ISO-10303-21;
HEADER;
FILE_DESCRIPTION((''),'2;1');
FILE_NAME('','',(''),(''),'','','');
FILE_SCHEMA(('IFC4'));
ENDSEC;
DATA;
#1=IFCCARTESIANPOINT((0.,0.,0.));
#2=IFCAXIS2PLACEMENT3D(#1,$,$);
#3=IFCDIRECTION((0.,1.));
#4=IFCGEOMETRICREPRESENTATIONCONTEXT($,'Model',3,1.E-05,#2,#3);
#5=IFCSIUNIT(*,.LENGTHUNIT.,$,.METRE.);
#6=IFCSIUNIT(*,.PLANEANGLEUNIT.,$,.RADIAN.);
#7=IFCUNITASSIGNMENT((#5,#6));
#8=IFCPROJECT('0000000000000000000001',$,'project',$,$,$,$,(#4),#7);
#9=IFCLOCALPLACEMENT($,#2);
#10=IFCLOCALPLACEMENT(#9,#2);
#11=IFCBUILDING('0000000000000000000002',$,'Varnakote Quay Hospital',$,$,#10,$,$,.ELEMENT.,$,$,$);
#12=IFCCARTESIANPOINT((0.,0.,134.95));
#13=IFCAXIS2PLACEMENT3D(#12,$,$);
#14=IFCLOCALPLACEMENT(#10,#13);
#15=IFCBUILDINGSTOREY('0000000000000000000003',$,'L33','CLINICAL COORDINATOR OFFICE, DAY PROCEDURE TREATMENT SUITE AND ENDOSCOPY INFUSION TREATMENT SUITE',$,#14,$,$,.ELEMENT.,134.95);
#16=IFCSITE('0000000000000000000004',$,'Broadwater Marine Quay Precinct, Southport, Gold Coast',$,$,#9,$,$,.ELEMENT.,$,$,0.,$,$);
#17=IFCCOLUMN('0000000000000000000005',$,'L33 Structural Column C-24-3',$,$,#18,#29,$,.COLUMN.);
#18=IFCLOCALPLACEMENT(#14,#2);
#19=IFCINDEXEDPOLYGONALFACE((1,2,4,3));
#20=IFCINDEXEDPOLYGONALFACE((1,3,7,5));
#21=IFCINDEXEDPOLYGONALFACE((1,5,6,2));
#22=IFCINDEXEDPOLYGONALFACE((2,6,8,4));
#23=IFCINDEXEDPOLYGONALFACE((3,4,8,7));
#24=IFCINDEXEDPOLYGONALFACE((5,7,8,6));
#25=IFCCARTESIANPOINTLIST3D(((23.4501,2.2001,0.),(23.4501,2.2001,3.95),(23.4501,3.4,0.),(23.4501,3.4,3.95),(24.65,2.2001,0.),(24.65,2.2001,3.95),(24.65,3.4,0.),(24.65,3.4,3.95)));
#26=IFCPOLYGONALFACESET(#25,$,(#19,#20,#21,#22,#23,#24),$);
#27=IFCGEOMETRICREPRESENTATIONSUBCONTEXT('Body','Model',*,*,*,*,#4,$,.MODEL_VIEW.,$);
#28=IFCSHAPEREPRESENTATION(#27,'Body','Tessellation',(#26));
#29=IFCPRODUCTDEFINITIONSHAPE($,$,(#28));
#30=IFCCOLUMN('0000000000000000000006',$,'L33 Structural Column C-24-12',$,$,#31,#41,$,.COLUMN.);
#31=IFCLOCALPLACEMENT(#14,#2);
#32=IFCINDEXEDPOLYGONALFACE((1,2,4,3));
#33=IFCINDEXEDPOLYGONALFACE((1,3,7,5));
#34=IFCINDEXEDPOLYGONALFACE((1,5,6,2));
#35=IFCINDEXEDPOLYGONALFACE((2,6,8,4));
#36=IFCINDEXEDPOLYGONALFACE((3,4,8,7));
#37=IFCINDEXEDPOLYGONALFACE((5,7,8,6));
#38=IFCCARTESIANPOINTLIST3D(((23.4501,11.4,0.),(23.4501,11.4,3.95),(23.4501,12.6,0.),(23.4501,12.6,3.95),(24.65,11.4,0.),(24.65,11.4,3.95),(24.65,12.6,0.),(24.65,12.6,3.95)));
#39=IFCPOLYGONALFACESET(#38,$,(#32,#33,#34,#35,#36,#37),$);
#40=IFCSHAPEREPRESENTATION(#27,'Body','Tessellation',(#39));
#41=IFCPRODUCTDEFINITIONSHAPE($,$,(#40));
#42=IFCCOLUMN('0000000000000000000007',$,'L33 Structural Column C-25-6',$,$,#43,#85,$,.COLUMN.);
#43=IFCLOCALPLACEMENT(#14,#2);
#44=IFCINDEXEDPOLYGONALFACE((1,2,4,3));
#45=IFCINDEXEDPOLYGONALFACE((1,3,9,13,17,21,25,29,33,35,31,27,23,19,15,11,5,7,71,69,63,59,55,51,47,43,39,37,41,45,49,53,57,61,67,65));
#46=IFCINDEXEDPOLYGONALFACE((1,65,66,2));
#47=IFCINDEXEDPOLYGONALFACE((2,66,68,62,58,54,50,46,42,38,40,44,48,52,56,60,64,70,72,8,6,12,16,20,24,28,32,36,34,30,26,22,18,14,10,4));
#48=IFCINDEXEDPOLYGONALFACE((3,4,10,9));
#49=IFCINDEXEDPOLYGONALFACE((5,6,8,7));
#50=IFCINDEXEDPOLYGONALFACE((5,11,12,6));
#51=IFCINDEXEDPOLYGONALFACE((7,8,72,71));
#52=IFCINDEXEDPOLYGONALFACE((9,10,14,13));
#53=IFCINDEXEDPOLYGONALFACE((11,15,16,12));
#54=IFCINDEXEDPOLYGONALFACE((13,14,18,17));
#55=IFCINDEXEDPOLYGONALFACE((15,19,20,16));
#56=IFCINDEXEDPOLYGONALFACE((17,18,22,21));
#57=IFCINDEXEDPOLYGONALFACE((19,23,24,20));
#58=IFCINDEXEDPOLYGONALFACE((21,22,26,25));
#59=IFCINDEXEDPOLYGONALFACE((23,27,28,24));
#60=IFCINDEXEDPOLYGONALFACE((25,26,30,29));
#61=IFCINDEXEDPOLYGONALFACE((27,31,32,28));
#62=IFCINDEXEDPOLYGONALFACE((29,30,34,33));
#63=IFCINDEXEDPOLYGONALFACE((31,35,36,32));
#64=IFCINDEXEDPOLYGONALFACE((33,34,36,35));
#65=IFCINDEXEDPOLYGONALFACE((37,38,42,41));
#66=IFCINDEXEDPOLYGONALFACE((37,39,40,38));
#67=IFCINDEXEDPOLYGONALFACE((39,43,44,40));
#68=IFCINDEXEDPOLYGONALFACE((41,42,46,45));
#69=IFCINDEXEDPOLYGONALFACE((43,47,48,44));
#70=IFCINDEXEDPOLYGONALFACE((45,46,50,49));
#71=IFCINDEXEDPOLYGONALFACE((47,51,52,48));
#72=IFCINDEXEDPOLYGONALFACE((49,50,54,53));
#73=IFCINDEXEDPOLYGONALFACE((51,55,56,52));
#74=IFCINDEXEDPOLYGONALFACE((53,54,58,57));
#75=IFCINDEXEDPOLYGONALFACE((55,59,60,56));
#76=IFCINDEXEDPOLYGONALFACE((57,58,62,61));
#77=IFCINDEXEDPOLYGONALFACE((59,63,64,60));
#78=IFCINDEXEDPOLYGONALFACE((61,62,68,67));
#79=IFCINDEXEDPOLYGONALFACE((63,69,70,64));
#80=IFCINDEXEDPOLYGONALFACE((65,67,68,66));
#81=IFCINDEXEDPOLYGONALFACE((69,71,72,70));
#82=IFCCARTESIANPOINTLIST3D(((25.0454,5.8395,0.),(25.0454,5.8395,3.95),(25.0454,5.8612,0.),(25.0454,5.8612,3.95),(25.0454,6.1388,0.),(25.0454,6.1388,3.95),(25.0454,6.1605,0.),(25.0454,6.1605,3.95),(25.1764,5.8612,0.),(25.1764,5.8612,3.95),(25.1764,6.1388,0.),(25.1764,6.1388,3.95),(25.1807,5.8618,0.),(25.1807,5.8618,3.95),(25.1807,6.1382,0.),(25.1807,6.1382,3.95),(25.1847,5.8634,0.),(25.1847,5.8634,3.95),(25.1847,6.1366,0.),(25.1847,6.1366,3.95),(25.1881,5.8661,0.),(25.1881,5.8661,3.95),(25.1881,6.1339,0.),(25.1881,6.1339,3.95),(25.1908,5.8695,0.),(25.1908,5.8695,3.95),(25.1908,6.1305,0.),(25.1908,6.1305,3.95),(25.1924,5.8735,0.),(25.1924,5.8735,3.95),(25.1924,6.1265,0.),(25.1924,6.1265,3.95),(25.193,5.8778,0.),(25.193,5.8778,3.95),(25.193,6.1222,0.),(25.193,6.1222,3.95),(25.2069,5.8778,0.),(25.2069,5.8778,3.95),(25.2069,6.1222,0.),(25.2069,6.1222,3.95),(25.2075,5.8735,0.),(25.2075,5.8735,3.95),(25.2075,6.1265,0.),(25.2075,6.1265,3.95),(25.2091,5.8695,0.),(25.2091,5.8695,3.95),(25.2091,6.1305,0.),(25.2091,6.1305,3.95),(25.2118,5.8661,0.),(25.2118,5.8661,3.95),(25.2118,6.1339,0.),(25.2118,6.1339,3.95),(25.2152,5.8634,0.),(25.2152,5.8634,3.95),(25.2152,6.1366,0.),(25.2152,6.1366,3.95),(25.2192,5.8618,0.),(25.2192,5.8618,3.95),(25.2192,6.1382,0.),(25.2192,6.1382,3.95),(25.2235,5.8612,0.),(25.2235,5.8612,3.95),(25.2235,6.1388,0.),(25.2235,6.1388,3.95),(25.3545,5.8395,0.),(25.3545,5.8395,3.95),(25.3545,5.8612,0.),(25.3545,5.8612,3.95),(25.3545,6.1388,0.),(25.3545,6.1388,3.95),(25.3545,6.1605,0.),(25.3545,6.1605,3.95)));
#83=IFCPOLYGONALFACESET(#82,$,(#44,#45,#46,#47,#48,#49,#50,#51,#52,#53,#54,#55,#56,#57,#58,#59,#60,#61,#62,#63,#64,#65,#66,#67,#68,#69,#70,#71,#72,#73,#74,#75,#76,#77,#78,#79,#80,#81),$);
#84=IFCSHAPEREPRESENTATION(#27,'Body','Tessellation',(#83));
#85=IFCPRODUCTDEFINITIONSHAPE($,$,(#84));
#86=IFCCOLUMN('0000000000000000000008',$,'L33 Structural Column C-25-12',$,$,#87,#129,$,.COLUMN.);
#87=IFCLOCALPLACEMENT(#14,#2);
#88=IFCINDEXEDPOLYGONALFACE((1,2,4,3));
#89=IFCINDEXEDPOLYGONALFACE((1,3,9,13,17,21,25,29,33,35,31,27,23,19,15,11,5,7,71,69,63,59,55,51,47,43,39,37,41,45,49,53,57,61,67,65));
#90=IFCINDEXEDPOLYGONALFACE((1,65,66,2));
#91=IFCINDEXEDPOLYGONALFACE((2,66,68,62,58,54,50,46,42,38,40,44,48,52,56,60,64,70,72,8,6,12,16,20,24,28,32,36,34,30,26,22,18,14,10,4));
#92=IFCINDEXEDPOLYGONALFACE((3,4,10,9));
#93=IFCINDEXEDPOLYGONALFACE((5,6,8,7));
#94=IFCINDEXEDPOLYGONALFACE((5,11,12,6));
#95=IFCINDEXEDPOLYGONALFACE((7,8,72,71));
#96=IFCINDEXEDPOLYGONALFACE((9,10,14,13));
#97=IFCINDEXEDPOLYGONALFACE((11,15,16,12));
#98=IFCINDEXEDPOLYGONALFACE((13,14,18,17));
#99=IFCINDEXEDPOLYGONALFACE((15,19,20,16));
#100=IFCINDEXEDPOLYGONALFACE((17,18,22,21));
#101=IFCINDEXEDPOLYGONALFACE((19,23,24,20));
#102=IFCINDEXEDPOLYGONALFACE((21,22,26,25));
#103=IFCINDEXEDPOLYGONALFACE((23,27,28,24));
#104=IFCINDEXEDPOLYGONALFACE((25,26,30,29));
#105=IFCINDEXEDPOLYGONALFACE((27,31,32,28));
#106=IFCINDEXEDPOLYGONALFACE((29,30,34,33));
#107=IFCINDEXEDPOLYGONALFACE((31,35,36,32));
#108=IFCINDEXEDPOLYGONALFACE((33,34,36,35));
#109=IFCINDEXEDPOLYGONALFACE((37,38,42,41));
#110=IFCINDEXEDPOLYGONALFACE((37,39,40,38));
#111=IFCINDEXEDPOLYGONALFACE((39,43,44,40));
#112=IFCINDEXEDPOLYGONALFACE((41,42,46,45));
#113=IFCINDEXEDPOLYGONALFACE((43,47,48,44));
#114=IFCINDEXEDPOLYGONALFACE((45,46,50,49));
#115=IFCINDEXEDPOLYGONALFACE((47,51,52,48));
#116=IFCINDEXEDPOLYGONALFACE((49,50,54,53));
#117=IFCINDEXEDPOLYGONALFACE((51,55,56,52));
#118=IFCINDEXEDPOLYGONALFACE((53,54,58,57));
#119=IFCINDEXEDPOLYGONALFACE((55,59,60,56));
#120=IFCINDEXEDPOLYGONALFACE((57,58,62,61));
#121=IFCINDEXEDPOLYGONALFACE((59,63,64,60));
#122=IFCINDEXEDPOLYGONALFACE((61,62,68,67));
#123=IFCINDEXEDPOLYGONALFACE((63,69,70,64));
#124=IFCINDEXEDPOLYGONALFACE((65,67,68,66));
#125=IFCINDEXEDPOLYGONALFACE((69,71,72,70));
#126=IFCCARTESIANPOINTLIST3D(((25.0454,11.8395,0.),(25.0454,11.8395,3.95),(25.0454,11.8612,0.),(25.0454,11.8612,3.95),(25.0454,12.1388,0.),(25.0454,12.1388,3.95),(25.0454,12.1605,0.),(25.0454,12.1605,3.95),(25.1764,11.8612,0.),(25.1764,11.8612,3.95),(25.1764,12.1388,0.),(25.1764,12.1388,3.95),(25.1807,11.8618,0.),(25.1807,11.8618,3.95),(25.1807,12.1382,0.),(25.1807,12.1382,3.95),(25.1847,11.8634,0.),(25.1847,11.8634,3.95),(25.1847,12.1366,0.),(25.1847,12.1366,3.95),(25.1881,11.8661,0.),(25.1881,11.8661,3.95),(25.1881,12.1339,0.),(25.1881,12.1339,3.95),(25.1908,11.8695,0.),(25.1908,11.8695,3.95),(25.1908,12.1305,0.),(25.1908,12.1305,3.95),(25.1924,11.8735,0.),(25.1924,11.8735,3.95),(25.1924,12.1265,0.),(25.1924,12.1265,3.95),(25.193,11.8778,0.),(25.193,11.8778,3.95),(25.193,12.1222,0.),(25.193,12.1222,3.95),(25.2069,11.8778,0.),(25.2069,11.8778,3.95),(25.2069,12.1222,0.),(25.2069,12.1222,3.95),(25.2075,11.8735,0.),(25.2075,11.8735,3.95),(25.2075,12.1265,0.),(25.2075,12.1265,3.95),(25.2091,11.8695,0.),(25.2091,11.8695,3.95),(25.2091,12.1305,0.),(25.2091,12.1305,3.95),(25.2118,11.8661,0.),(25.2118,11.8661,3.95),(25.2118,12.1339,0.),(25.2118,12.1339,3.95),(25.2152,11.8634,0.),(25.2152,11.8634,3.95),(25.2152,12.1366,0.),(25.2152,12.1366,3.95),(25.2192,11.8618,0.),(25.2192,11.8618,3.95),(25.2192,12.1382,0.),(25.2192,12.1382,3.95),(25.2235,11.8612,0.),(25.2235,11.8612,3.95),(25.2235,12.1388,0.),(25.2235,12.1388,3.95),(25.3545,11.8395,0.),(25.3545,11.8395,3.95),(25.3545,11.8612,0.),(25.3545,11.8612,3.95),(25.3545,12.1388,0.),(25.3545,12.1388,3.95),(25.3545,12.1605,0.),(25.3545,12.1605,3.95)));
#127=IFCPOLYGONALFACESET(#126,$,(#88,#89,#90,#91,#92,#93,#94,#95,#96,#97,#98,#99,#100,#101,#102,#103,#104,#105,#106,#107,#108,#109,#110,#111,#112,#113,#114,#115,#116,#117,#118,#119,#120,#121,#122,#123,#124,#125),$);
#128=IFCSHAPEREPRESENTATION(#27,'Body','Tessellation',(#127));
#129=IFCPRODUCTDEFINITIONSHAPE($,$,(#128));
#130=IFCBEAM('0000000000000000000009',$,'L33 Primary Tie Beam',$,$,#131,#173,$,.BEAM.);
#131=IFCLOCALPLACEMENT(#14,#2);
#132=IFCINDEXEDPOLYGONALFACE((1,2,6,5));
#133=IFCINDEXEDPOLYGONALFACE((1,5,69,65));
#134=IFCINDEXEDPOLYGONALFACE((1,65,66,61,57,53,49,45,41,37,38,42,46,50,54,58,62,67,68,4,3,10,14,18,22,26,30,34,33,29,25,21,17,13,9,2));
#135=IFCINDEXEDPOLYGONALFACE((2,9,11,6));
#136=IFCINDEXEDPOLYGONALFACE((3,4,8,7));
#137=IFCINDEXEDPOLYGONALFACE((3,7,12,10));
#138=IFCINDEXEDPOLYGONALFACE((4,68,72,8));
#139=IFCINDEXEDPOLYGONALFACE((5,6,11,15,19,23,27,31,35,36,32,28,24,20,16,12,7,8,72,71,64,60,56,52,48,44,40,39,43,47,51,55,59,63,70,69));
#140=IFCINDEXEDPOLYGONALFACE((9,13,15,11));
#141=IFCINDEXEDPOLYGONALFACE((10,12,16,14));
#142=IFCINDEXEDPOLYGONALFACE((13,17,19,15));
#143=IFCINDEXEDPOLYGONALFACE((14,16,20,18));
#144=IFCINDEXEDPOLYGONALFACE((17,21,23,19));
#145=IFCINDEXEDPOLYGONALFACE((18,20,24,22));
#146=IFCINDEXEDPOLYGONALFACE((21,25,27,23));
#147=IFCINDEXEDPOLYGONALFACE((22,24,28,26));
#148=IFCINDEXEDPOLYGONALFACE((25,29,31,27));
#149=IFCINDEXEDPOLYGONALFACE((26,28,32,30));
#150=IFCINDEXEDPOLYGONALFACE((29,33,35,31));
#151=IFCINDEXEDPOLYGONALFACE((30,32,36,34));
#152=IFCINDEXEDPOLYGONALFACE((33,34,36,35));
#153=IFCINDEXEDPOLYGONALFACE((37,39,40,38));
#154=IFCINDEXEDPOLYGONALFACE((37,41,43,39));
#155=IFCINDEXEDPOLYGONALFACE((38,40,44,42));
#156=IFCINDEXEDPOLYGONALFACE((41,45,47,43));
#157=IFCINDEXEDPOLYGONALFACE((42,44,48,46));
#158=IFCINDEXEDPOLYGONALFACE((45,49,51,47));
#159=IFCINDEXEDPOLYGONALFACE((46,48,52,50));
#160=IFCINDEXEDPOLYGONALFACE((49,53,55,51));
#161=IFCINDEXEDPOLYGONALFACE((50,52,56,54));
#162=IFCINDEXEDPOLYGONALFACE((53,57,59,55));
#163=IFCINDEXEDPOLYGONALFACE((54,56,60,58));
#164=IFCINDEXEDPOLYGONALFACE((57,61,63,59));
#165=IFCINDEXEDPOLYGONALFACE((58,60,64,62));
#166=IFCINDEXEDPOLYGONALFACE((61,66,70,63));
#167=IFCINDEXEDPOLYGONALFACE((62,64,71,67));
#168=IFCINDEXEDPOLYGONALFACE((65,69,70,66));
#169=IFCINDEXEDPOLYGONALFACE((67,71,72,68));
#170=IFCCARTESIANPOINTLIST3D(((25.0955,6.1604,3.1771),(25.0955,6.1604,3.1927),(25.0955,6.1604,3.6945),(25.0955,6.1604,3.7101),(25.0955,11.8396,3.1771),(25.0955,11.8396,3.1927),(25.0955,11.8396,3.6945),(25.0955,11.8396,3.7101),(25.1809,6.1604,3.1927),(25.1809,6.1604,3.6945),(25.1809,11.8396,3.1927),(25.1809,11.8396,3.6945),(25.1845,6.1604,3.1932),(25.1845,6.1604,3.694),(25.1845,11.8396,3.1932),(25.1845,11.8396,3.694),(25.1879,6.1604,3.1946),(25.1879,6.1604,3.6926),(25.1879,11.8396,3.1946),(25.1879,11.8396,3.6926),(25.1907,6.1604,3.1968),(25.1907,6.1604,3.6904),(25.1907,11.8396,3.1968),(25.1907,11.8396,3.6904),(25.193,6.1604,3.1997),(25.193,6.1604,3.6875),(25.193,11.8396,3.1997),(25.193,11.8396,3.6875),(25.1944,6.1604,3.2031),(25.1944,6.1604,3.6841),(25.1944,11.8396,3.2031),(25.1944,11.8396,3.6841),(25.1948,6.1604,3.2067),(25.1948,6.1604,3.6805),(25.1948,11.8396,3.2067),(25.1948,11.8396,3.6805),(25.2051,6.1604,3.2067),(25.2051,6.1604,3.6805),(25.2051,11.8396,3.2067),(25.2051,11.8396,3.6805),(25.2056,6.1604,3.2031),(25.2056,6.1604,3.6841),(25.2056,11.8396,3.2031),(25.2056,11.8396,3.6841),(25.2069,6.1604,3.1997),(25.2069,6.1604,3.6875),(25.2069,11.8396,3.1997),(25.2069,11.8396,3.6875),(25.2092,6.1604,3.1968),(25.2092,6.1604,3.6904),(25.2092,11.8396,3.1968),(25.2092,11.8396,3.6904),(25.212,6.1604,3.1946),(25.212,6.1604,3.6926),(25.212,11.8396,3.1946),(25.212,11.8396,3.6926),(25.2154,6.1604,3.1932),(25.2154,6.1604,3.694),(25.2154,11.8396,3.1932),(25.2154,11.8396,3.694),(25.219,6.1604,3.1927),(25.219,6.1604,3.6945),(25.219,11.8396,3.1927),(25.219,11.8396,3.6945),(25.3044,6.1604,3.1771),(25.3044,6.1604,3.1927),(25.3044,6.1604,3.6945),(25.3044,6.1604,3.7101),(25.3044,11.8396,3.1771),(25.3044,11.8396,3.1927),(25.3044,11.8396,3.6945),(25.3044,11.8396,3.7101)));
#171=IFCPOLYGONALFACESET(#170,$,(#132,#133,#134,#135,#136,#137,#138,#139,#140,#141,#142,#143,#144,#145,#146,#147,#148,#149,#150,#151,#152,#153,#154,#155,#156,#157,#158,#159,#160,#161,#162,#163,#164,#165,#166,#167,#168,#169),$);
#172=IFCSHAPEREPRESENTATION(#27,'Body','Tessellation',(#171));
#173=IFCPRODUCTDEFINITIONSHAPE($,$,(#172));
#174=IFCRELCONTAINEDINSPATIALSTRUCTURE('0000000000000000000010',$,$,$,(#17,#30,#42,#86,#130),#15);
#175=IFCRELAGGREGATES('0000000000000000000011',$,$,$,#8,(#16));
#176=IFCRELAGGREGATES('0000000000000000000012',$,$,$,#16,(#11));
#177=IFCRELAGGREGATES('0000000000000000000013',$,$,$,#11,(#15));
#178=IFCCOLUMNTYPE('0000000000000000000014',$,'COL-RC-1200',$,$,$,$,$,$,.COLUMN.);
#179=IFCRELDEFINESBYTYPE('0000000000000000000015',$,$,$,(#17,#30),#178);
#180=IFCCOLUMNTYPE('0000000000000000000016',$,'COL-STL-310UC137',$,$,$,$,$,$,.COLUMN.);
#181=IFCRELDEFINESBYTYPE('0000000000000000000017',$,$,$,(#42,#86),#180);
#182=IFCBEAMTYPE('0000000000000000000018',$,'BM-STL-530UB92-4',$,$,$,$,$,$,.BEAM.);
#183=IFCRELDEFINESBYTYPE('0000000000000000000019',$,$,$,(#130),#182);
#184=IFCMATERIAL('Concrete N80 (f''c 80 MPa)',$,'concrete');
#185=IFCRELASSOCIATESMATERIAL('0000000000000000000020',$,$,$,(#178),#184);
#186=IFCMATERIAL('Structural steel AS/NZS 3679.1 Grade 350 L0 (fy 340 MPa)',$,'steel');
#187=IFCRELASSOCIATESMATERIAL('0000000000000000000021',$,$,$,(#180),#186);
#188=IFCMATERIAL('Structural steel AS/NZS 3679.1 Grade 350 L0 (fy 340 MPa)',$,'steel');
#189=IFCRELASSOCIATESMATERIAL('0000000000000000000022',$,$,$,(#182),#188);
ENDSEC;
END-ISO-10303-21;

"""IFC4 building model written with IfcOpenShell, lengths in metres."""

from ifc_helpers import new_model, si_unit, direction, frame, origin, origin_2d, place, context, subcontext, project, spatial, rectangle, i_section, extrude, material, material_profile, profile_set, type_object, element, save


model = new_model("IFC4")

# Units and contexts
model_context = context("Model", 3, precision=1e-05, world=origin(), true_north=direction((0.0, 1.0)))
body_context = subcontext(model_context, "Body", "Model", "MODEL_VIEW")
ifc_project = project(units=[si_unit("LENGTHUNIT", "METRE"), si_unit("PLANEANGLEUNIT", "RADIAN")], contexts=[model_context])

# Site, building, storey
site_placement = place(None, origin())
site = spatial("IfcSite", under=ifc_project, at=site_placement, Name="Broadwater Marine Quay Precinct, Southport, Gold Coast", CompositionType="ELEMENT", RefElevation=0.0)
building_placement = place(site_placement, origin())
building = spatial("IfcBuilding", under=site, at=building_placement, Name="Varnakote Quay Hospital", CompositionType="ELEMENT")
storey_placement = place(building_placement, frame((0.0, 0.0, 134.95)))
storey = spatial("IfcBuildingStorey", under=building, at=storey_placement, Name="L33", Description="CLINICAL COORDINATOR OFFICE, DAY PROCEDURE TREATMENT SUITE AND ENDOSCOPY INFUSION TREATMENT SUITE", CompositionType="ELEMENT", Elevation=134.95)

# Columns
ifc_material_1 = material(Name="Concrete N80 (f'c 80 MPa)", Category="concrete")
ifc_material_profile_1 = material_profile(ifc_material_1, rectangle(XDim=1.2, YDim=1.2, at=origin_2d()), Name="RC-COL-1200x1200")
ifc_profile_set_1 = profile_set([ifc_material_profile_1], Name="Concrete N80 (f'c 80 MPa)")
column_type_1 = type_object("IfcColumnType", Name="COL-RC-1200", PredefinedType="COLUMN", material=ifc_profile_set_1)
for number, where, z_axis, x_axis, name in (
    (1, (24.05, 2.8, 0.0), (0.0, 0.0, 1.0), (1.0, 0.0, 0.0), "L33 Structural Column C-24-3"),
    (2, (24.05, 12.0, 0.0), (0.0, 0.0, 1.0), (1.0, 0.0, 0.0), "L33 Structural Column C-24-12"),
):
    element("IfcColumn", number, at=place(storey_placement, frame(where, z_axis=z_axis, x_axis=x_axis)), inside=storey, type_object=column_type_1, Name=name, PredefinedType="COLUMN", context=body_context, shape_type="SweptSolid", body=[
        extrude(rectangle(XDim=1.2, YDim=1.2, at=origin_2d()), origin(), (0.0, 0.0, 1.0), 3.95),
    ])
ifc_material_2 = material(Name="Structural steel AS/NZS 3679.1 Grade 350 L0 (fy 340 MPa)", Category="steel")
ifc_material_profile_2 = material_profile(ifc_material_2, i_section(OverallWidth=0.3091, OverallDepth=0.321, WebThickness=0.0139, FlangeThickness=0.0217, FilletRadius=0.0166, at=origin_2d()), Name="310UC137")
ifc_profile_set_2 = profile_set([ifc_material_profile_2], Name="Structural steel AS/NZS 3679.1 Grade 350 L0 (fy 340 MPa)")
column_type_2 = type_object("IfcColumnType", Name="COL-STL-310UC137", PredefinedType="COLUMN", material=ifc_profile_set_2)
for number, where, z_axis, x_axis, name in (
    (3, (25.2, 6.0, 0.0), (0.0, 0.0, 1.0), (1.0, 0.0, 0.0), "L33 Structural Column C-25-6"),
    (4, (25.2, 12.0, 0.0), (0.0, 0.0, 1.0), (1.0, 0.0, 0.0), "L33 Structural Column C-25-12"),
):
    element("IfcColumn", number, at=place(storey_placement, frame(where, z_axis=z_axis, x_axis=x_axis)), inside=storey, type_object=column_type_2, Name=name, PredefinedType="COLUMN", context=body_context, shape_type="SweptSolid", body=[
        extrude(i_section(OverallWidth=0.3091, OverallDepth=0.321, WebThickness=0.0139, FlangeThickness=0.0217, FilletRadius=0.0166, at=origin_2d()), origin(), (0.0, 0.0, 1.0), 3.95),
    ])

# Beam
ifc_material_3 = material(Name="Structural steel AS/NZS 3679.1 Grade 350 L0 (fy 340 MPa)", Category="steel")
ifc_material_profile_3 = material_profile(ifc_material_3, i_section(OverallWidth=0.209, OverallDepth=0.533, WebThickness=0.0103, FlangeThickness=0.0156, FilletRadius=0.0139, at=origin_2d()), Name="530UB92.4")
ifc_profile_set_3 = profile_set([ifc_material_profile_3], Name="Structural steel AS/NZS 3679.1 Grade 350 L0 (fy 340 MPa)")
beam_type_1 = type_object("IfcBeamType", Name="BM-STL-530UB92-4", PredefinedType="BEAM", material=ifc_profile_set_3)
beam_1_placement = place(storey_placement, frame((25.2, 6.1604, 3.4436), z_axis=(0.0, 1.0, 0.0), x_axis=(-1.0, 0.0, 0.0)))
element("IfcBeam", 5, at=beam_1_placement, inside=storey, type_object=beam_type_1, Name="L33 Primary Tie Beam", PredefinedType="BEAM", context=body_context, shape_type="SweptSolid", body=[
    extrude(i_section(OverallWidth=0.209, OverallDepth=0.533, WebThickness=0.0103, FlangeThickness=0.0156, FilletRadius=0.0139, at=origin_2d()), origin(), (0.0, 0.0, 1.0), 5.6792),
])

save(model, "model.ifc")
